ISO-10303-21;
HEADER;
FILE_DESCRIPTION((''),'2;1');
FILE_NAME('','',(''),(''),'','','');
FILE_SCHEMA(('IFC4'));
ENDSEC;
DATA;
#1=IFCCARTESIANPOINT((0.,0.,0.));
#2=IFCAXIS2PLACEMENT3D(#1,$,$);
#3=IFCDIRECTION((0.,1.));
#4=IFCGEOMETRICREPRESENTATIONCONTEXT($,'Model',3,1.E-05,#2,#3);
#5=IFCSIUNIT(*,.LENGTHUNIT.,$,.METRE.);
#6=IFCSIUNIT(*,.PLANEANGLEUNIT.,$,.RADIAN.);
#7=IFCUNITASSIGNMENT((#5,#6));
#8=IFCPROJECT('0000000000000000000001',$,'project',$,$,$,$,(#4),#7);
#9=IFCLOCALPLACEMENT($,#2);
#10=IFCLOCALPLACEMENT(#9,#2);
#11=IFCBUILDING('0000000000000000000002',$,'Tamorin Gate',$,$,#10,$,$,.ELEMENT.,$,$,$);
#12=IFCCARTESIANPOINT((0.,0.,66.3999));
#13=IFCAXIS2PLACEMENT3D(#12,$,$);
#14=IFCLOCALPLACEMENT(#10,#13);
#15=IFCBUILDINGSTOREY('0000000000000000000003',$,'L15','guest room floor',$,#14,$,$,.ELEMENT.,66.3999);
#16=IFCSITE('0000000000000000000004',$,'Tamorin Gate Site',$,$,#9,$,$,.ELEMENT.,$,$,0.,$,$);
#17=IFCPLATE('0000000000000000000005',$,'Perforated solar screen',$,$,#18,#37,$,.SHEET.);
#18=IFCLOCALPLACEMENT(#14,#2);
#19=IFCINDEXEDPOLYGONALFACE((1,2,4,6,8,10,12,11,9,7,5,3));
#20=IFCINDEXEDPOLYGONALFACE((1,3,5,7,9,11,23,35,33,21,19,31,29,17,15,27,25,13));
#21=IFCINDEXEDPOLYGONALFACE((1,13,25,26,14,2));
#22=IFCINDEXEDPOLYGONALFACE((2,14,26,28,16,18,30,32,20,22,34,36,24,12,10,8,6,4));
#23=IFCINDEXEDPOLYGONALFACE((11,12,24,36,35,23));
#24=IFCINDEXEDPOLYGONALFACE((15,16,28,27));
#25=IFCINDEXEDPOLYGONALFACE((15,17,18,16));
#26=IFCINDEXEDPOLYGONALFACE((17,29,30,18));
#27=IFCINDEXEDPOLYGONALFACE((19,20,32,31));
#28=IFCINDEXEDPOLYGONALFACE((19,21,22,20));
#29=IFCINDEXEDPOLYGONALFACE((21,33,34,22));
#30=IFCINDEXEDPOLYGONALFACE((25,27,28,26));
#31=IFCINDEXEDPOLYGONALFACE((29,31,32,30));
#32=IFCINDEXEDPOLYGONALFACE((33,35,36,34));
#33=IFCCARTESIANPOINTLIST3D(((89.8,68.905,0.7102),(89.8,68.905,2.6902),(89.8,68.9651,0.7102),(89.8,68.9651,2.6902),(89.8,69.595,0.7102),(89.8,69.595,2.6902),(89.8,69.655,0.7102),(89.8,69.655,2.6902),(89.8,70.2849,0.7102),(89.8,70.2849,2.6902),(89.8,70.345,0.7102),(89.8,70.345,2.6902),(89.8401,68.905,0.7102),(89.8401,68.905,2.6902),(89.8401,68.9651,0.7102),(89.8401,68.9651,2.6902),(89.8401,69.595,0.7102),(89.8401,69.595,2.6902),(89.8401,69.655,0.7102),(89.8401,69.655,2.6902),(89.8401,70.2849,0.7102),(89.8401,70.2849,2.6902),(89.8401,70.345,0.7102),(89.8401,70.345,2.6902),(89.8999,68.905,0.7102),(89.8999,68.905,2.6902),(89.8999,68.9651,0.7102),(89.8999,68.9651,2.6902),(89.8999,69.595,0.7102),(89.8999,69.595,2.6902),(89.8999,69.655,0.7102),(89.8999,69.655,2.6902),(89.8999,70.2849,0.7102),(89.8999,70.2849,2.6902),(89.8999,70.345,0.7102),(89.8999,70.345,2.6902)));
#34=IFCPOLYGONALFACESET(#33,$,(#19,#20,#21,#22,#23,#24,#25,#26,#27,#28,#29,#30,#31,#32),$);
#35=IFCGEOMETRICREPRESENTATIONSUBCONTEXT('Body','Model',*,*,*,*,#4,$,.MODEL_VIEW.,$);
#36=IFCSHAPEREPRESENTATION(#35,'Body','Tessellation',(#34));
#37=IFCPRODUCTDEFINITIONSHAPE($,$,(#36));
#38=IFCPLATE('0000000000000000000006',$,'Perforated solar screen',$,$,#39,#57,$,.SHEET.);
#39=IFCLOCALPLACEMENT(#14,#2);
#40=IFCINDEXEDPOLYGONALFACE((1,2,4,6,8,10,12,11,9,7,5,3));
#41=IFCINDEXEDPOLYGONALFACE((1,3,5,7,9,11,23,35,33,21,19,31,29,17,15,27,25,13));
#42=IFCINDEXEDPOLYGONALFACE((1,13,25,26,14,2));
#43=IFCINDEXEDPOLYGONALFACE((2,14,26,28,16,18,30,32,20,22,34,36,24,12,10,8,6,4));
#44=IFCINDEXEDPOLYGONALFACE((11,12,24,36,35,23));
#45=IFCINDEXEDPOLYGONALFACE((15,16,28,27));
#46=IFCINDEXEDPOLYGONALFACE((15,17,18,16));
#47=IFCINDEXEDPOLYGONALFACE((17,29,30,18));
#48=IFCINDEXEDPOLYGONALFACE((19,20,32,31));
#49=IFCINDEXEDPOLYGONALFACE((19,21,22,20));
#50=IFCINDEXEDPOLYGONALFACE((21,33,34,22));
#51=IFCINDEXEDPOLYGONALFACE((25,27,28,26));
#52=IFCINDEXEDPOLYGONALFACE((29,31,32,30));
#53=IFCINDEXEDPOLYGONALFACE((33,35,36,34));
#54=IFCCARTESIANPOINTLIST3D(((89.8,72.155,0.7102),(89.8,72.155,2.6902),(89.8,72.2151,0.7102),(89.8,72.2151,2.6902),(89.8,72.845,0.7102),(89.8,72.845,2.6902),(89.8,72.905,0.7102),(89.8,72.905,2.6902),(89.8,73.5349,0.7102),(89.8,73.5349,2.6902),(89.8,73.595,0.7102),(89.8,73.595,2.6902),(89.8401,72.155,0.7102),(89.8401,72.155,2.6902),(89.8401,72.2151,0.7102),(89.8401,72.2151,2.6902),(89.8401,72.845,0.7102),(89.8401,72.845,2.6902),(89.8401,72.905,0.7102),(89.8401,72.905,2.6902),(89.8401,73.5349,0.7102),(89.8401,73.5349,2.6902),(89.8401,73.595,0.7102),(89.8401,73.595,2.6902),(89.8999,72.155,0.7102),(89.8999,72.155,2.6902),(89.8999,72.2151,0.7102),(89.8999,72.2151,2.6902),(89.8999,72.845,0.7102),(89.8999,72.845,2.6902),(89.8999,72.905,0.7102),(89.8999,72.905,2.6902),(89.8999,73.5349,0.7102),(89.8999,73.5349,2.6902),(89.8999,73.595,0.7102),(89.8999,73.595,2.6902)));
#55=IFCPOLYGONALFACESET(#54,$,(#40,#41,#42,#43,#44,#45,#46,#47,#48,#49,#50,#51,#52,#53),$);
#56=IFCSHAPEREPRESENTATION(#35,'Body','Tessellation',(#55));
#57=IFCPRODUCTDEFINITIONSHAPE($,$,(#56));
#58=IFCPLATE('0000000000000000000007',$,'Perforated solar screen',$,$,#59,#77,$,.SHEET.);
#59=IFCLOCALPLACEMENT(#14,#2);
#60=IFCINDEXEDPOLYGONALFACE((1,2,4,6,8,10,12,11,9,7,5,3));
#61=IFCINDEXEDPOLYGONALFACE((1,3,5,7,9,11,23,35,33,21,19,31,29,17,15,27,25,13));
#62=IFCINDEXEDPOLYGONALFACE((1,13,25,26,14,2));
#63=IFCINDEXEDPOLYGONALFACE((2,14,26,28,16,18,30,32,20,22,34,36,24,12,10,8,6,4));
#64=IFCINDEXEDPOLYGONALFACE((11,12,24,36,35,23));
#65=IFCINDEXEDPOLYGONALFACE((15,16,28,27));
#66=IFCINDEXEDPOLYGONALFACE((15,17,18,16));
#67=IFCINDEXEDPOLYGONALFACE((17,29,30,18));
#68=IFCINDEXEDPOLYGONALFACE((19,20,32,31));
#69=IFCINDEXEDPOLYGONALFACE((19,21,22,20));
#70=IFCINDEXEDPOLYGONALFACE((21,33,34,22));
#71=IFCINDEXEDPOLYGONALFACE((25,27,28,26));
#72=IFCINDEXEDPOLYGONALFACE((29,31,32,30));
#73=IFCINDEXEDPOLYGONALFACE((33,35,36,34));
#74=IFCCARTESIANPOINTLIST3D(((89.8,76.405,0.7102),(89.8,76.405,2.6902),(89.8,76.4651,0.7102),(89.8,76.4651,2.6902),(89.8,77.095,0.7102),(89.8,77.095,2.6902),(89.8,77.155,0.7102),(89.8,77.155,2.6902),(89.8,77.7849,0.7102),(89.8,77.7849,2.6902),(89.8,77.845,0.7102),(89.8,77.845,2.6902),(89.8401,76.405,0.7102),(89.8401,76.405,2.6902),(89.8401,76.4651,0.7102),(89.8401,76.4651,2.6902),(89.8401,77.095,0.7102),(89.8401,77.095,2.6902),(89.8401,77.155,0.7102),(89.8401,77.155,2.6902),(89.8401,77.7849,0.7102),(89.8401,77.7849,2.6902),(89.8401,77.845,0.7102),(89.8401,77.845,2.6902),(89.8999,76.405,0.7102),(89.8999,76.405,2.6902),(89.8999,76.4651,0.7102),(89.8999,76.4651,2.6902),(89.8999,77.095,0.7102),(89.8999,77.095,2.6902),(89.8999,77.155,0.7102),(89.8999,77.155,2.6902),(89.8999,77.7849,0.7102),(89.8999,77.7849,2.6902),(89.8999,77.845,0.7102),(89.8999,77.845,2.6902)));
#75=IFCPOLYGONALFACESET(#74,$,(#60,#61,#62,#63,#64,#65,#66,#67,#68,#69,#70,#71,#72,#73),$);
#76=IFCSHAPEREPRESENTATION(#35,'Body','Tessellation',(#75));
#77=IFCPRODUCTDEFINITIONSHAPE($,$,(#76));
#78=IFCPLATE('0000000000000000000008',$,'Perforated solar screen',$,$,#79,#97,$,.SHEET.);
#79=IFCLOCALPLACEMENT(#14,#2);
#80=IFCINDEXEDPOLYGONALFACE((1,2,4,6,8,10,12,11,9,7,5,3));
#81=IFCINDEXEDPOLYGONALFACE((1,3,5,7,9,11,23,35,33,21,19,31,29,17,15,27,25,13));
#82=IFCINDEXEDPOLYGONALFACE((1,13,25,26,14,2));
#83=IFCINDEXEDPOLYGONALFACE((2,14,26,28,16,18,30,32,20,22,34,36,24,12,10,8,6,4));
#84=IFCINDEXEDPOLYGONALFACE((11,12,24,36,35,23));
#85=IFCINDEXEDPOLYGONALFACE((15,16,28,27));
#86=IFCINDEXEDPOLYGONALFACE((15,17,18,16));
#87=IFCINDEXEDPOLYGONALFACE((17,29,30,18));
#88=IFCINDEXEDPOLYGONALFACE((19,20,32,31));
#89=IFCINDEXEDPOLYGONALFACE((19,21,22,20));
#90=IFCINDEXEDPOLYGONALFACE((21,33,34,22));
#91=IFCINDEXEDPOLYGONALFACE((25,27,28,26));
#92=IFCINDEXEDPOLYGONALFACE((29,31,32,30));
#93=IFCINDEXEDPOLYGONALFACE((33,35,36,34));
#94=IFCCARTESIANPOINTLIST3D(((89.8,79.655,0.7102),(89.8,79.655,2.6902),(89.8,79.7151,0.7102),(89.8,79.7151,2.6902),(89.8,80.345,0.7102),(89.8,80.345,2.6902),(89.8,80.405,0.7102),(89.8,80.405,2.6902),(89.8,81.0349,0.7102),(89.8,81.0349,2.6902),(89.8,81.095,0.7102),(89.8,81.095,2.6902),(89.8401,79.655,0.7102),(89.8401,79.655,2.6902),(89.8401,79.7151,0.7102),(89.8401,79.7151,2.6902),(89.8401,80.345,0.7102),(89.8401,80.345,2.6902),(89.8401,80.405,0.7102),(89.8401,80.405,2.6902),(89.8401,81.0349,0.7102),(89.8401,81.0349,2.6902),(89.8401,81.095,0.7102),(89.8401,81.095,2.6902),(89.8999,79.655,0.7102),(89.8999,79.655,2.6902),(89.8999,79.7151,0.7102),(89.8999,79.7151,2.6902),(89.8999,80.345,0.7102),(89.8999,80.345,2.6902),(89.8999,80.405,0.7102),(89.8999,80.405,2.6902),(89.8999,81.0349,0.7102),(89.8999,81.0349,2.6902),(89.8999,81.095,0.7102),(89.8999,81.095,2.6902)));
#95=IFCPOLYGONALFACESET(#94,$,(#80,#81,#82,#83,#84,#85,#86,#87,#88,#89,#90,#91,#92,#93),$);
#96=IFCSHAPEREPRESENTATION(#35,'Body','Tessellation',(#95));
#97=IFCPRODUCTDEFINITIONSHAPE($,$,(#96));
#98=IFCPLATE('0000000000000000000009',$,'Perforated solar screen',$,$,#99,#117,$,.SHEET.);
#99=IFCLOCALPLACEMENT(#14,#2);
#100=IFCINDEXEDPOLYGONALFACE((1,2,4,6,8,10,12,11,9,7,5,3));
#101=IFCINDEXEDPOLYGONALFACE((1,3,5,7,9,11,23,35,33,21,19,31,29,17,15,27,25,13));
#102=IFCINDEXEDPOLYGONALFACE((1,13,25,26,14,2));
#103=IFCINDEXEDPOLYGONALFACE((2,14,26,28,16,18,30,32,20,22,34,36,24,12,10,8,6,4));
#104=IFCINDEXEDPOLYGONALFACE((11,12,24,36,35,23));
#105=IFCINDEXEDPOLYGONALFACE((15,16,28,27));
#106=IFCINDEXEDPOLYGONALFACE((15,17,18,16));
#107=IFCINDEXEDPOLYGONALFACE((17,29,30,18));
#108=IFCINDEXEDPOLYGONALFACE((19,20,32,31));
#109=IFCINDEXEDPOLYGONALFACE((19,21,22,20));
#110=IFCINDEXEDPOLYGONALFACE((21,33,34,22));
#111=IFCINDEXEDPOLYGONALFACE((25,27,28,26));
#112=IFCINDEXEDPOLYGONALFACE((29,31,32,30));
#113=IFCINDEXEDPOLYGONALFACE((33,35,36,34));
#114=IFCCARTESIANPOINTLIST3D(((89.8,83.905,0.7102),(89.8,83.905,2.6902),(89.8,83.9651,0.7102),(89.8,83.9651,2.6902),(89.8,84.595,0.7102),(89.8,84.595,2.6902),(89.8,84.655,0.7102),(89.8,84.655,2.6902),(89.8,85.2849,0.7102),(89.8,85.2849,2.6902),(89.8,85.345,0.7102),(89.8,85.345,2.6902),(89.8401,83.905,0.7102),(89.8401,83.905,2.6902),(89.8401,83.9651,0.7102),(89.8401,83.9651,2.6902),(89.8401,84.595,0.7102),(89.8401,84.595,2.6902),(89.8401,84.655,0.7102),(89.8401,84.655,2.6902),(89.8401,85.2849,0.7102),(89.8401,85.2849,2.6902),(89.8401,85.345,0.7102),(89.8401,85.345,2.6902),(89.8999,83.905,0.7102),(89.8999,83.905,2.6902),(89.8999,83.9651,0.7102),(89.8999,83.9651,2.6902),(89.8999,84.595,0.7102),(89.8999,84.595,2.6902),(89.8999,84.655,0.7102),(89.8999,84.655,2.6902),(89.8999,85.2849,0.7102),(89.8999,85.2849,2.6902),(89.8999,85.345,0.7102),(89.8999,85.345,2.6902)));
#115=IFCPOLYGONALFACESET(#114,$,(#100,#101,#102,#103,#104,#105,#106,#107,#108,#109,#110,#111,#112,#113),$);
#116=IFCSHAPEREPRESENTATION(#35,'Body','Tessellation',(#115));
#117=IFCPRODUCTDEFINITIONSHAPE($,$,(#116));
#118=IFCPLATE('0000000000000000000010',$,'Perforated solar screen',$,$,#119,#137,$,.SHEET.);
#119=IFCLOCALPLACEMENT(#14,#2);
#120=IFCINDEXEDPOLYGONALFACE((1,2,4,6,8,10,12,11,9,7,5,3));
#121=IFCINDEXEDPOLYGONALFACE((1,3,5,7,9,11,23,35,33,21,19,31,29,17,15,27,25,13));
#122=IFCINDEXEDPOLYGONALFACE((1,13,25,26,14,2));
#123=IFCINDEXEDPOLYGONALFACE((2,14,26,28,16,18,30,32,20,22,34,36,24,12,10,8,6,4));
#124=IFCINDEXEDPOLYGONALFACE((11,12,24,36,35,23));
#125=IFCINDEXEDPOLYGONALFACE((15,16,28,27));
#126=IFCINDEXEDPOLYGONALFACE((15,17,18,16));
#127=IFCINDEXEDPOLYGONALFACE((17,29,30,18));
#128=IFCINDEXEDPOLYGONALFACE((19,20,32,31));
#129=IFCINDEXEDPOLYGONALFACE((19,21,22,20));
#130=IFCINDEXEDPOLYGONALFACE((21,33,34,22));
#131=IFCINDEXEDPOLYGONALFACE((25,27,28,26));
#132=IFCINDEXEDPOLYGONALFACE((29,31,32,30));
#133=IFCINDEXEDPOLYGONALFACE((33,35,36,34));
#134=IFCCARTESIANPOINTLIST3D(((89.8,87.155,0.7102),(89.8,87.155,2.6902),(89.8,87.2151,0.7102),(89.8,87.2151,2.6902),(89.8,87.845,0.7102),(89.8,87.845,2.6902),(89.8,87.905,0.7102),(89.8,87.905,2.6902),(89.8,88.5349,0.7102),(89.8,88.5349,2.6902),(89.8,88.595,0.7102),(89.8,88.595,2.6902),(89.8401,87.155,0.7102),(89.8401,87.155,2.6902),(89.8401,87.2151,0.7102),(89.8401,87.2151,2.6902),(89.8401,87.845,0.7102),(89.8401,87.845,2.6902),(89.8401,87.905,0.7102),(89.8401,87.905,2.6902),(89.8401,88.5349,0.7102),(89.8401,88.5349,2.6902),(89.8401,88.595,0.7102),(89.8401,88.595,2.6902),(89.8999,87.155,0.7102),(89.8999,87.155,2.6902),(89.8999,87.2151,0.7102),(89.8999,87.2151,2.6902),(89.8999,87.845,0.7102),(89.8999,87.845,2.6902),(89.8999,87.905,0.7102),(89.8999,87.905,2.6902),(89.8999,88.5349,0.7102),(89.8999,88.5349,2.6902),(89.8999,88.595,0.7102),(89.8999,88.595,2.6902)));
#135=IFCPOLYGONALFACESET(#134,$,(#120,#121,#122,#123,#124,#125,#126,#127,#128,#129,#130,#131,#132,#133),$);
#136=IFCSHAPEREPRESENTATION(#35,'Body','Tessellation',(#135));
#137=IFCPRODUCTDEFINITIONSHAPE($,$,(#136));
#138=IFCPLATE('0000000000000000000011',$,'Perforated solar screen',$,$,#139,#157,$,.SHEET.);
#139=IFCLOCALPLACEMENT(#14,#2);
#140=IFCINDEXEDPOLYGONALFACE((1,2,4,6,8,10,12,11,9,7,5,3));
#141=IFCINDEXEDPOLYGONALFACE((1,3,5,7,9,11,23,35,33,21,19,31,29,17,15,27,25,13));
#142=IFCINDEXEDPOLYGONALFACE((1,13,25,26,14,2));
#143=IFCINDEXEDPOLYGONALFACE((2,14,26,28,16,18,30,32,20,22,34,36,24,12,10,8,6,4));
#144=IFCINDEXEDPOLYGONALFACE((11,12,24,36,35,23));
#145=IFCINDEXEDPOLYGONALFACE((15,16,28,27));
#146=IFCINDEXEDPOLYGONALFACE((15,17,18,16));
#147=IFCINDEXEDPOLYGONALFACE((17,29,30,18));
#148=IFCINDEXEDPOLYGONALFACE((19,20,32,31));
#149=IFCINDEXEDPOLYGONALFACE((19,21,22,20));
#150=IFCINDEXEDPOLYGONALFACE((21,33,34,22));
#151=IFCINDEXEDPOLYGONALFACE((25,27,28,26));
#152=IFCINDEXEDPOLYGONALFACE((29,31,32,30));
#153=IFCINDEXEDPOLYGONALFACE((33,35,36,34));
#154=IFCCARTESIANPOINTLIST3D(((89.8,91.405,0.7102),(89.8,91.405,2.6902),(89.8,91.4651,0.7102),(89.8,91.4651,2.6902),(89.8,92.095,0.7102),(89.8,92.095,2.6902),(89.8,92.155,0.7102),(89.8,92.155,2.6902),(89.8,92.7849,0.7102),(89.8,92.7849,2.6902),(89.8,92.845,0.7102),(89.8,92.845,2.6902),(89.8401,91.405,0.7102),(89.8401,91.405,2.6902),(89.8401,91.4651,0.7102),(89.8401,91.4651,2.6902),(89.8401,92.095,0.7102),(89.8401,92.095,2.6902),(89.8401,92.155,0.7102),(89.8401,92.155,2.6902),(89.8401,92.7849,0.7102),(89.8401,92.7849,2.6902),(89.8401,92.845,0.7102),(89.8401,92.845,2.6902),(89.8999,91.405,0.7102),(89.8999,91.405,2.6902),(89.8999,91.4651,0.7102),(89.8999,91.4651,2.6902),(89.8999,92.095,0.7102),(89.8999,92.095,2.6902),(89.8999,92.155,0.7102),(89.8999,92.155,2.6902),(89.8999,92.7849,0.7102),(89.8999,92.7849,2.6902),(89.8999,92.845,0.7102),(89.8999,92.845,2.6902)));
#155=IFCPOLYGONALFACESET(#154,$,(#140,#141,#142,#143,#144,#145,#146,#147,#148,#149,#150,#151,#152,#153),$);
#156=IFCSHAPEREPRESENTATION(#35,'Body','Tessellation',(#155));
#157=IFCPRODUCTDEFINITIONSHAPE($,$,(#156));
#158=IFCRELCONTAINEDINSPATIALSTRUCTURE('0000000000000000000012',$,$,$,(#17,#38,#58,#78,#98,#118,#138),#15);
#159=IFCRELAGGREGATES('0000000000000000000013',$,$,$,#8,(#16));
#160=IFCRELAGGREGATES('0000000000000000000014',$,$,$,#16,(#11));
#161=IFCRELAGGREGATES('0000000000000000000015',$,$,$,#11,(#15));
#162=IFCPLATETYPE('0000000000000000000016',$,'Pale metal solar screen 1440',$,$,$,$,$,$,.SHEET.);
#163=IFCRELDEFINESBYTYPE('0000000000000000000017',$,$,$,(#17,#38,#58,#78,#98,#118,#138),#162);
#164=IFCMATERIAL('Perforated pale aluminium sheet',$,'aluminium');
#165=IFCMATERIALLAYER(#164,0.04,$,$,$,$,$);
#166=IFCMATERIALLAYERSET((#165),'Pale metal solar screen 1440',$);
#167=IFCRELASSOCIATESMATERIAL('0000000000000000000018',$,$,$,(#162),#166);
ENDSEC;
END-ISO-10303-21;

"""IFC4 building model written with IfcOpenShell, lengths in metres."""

from ifc_helpers import new_model, si_unit, direction, frame, origin, place, context, subcontext, project, spatial, polyline, outline, extrude, material, layer, layer_set, type_object, element, save


model = new_model("IFC4")

# Units and contexts
model_context = context("Model", 3, precision=1e-05, world=origin(), true_north=direction((0.0, 1.0)))
body_context = subcontext(model_context, "Body", "Model", "MODEL_VIEW")
ifc_project = project(units=[si_unit("LENGTHUNIT", "METRE"), si_unit("PLANEANGLEUNIT", "RADIAN")], contexts=[model_context])

# Site, building, storey
site_placement = place(None, origin())
site = spatial("IfcSite", under=ifc_project, at=site_placement, Name="Tamorin Gate Site", CompositionType="ELEMENT", RefElevation=0.0)
building_placement = place(site_placement, origin())
building = spatial("IfcBuilding", under=site, at=building_placement, Name="Tamorin Gate", CompositionType="ELEMENT")
storey_placement = place(building_placement, frame((0.0, 0.0, 66.3999)))
storey = spatial("IfcBuildingStorey", under=building, at=storey_placement, Name="L15", Description="guest room floor", CompositionType="ELEMENT", Elevation=66.3999)

# Plates
ifc_material = material(Name="Perforated pale aluminium sheet", Category="aluminium")
ifc_layer = layer(ifc_material, 0.04)
ifc_layer_set = layer_set([ifc_layer], Name="Pale metal solar screen 1440")
plate_type = type_object("IfcPlateType", Name="Pale metal solar screen 1440", PredefinedType="SHEET", material=ifc_layer_set)
plate_1_placement = place(storey_placement, frame((0.0, 0.0, 0.7102)))
element("IfcPlate", 1, at=plate_1_placement, inside=storey, type_object=plate_type, Name="Perforated solar screen", PredefinedType="SHEET", context=body_context, shape_type="SweptSolid", body=[
    extrude(outline(polyline([(89.8401, 68.905), (89.8, 68.905), (89.8, 68.9651), (89.8, 69.595), (89.8, 69.655), (89.8, 70.2849), (89.8, 70.345), (89.8401, 70.345), (89.8999, 70.345), (89.8999, 70.2849), (89.8401, 70.2849), (89.8401, 69.655), (89.8999, 69.655), (89.8999, 69.595), (89.8401, 69.595), (89.8401, 68.9651), (89.8999, 68.9651), (89.8999, 68.905), (89.8401, 68.905)])), origin(), (0.0, 0.0, 1.0), 1.98),
])
plate_2_placement = place(storey_placement, frame((0.0, 0.0, 0.7102)))
element("IfcPlate", 2, at=plate_2_placement, inside=storey, type_object=plate_type, Name="Perforated solar screen", PredefinedType="SHEET", context=body_context, shape_type="SweptSolid", body=[
    extrude(outline(polyline([(89.8401, 72.155), (89.8, 72.155), (89.8, 72.2151), (89.8, 72.845), (89.8, 72.905), (89.8, 73.5349), (89.8, 73.595), (89.8401, 73.595), (89.8999, 73.595), (89.8999, 73.5349), (89.8401, 73.5349), (89.8401, 72.905), (89.8999, 72.905), (89.8999, 72.845), (89.8401, 72.845), (89.8401, 72.2151), (89.8999, 72.2151), (89.8999, 72.155), (89.8401, 72.155)])), origin(), (0.0, 0.0, 1.0), 1.98),
])
plate_3_placement = place(storey_placement, frame((0.0, 0.0, 0.7102)))
element("IfcPlate", 3, at=plate_3_placement, inside=storey, type_object=plate_type, Name="Perforated solar screen", PredefinedType="SHEET", context=body_context, shape_type="SweptSolid", body=[
    extrude(outline(polyline([(89.8401, 76.405), (89.8, 76.405), (89.8, 76.4651), (89.8, 77.095), (89.8, 77.155), (89.8, 77.7849), (89.8, 77.845), (89.8401, 77.845), (89.8999, 77.845), (89.8999, 77.7849), (89.8401, 77.7849), (89.8401, 77.155), (89.8999, 77.155), (89.8999, 77.095), (89.8401, 77.095), (89.8401, 76.4651), (89.8999, 76.4651), (89.8999, 76.405), (89.8401, 76.405)])), origin(), (0.0, 0.0, 1.0), 1.98),
])
plate_4_placement = place(storey_placement, frame((0.0, 0.0, 0.7102)))
element("IfcPlate", 4, at=plate_4_placement, inside=storey, type_object=plate_type, Name="Perforated solar screen", PredefinedType="SHEET", context=body_context, shape_type="SweptSolid", body=[
    extrude(outline(polyline([(89.8401, 79.655), (89.8, 79.655), (89.8, 79.7151), (89.8, 80.345), (89.8, 80.405), (89.8, 81.0349), (89.8, 81.095), (89.8401, 81.095), (89.8999, 81.095), (89.8999, 81.0349), (89.8401, 81.0349), (89.8401, 80.405), (89.8999, 80.405), (89.8999, 80.345), (89.8401, 80.345), (89.8401, 79.7151), (89.8999, 79.7151), (89.8999, 79.655), (89.8401, 79.655)])), origin(), (0.0, 0.0, 1.0), 1.98),
])
plate_5_placement = place(storey_placement, frame((0.0, 0.0, 0.7102)))
element("IfcPlate", 5, at=plate_5_placement, inside=storey, type_object=plate_type, Name="Perforated solar screen", PredefinedType="SHEET", context=body_context, shape_type="SweptSolid", body=[
    extrude(outline(polyline([(89.8401, 83.905), (89.8, 83.905), (89.8, 83.9651), (89.8, 84.595), (89.8, 84.655), (89.8, 85.2849), (89.8, 85.345), (89.8401, 85.345), (89.8999, 85.345), (89.8999, 85.2849), (89.8401, 85.2849), (89.8401, 84.655), (89.8999, 84.655), (89.8999, 84.595), (89.8401, 84.595), (89.8401, 83.9651), (89.8999, 83.9651), (89.8999, 83.905), (89.8401, 83.905)])), origin(), (0.0, 0.0, 1.0), 1.98),
])
plate_6_placement = place(storey_placement, frame((0.0, 0.0, 0.7102)))
element("IfcPlate", 6, at=plate_6_placement, inside=storey, type_object=plate_type, Name="Perforated solar screen", PredefinedType="SHEET", context=body_context, shape_type="SweptSolid", body=[
    extrude(outline(polyline([(89.8401, 87.155), (89.8, 87.155), (89.8, 87.2151), (89.8, 87.845), (89.8, 87.905), (89.8, 88.5349), (89.8, 88.595), (89.8401, 88.595), (89.8999, 88.595), (89.8999, 88.5349), (89.8401, 88.5349), (89.8401, 87.905), (89.8999, 87.905), (89.8999, 87.845), (89.8401, 87.845), (89.8401, 87.2151), (89.8999, 87.2151), (89.8999, 87.155), (89.8401, 87.155)])), origin(), (0.0, 0.0, 1.0), 1.98),
])
plate_7_placement = place(storey_placement, frame((0.0, 0.0, 0.7102)))
element("IfcPlate", 7, at=plate_7_placement, inside=storey, type_object=plate_type, Name="Perforated solar screen", PredefinedType="SHEET", context=body_context, shape_type="SweptSolid", body=[
    extrude(outline(polyline([(89.8401, 91.405), (89.8, 91.405), (89.8, 91.4651), (89.8, 92.095), (89.8, 92.155), (89.8, 92.7849), (89.8, 92.845), (89.8401, 92.845), (89.8999, 92.845), (89.8999, 92.7849), (89.8401, 92.7849), (89.8401, 92.155), (89.8999, 92.155), (89.8999, 92.095), (89.8401, 92.095), (89.8401, 91.4651), (89.8999, 91.4651), (89.8999, 91.405), (89.8401, 91.405)])), origin(), (0.0, 0.0, 1.0), 1.98),
])

save(model, "model.ifc")
